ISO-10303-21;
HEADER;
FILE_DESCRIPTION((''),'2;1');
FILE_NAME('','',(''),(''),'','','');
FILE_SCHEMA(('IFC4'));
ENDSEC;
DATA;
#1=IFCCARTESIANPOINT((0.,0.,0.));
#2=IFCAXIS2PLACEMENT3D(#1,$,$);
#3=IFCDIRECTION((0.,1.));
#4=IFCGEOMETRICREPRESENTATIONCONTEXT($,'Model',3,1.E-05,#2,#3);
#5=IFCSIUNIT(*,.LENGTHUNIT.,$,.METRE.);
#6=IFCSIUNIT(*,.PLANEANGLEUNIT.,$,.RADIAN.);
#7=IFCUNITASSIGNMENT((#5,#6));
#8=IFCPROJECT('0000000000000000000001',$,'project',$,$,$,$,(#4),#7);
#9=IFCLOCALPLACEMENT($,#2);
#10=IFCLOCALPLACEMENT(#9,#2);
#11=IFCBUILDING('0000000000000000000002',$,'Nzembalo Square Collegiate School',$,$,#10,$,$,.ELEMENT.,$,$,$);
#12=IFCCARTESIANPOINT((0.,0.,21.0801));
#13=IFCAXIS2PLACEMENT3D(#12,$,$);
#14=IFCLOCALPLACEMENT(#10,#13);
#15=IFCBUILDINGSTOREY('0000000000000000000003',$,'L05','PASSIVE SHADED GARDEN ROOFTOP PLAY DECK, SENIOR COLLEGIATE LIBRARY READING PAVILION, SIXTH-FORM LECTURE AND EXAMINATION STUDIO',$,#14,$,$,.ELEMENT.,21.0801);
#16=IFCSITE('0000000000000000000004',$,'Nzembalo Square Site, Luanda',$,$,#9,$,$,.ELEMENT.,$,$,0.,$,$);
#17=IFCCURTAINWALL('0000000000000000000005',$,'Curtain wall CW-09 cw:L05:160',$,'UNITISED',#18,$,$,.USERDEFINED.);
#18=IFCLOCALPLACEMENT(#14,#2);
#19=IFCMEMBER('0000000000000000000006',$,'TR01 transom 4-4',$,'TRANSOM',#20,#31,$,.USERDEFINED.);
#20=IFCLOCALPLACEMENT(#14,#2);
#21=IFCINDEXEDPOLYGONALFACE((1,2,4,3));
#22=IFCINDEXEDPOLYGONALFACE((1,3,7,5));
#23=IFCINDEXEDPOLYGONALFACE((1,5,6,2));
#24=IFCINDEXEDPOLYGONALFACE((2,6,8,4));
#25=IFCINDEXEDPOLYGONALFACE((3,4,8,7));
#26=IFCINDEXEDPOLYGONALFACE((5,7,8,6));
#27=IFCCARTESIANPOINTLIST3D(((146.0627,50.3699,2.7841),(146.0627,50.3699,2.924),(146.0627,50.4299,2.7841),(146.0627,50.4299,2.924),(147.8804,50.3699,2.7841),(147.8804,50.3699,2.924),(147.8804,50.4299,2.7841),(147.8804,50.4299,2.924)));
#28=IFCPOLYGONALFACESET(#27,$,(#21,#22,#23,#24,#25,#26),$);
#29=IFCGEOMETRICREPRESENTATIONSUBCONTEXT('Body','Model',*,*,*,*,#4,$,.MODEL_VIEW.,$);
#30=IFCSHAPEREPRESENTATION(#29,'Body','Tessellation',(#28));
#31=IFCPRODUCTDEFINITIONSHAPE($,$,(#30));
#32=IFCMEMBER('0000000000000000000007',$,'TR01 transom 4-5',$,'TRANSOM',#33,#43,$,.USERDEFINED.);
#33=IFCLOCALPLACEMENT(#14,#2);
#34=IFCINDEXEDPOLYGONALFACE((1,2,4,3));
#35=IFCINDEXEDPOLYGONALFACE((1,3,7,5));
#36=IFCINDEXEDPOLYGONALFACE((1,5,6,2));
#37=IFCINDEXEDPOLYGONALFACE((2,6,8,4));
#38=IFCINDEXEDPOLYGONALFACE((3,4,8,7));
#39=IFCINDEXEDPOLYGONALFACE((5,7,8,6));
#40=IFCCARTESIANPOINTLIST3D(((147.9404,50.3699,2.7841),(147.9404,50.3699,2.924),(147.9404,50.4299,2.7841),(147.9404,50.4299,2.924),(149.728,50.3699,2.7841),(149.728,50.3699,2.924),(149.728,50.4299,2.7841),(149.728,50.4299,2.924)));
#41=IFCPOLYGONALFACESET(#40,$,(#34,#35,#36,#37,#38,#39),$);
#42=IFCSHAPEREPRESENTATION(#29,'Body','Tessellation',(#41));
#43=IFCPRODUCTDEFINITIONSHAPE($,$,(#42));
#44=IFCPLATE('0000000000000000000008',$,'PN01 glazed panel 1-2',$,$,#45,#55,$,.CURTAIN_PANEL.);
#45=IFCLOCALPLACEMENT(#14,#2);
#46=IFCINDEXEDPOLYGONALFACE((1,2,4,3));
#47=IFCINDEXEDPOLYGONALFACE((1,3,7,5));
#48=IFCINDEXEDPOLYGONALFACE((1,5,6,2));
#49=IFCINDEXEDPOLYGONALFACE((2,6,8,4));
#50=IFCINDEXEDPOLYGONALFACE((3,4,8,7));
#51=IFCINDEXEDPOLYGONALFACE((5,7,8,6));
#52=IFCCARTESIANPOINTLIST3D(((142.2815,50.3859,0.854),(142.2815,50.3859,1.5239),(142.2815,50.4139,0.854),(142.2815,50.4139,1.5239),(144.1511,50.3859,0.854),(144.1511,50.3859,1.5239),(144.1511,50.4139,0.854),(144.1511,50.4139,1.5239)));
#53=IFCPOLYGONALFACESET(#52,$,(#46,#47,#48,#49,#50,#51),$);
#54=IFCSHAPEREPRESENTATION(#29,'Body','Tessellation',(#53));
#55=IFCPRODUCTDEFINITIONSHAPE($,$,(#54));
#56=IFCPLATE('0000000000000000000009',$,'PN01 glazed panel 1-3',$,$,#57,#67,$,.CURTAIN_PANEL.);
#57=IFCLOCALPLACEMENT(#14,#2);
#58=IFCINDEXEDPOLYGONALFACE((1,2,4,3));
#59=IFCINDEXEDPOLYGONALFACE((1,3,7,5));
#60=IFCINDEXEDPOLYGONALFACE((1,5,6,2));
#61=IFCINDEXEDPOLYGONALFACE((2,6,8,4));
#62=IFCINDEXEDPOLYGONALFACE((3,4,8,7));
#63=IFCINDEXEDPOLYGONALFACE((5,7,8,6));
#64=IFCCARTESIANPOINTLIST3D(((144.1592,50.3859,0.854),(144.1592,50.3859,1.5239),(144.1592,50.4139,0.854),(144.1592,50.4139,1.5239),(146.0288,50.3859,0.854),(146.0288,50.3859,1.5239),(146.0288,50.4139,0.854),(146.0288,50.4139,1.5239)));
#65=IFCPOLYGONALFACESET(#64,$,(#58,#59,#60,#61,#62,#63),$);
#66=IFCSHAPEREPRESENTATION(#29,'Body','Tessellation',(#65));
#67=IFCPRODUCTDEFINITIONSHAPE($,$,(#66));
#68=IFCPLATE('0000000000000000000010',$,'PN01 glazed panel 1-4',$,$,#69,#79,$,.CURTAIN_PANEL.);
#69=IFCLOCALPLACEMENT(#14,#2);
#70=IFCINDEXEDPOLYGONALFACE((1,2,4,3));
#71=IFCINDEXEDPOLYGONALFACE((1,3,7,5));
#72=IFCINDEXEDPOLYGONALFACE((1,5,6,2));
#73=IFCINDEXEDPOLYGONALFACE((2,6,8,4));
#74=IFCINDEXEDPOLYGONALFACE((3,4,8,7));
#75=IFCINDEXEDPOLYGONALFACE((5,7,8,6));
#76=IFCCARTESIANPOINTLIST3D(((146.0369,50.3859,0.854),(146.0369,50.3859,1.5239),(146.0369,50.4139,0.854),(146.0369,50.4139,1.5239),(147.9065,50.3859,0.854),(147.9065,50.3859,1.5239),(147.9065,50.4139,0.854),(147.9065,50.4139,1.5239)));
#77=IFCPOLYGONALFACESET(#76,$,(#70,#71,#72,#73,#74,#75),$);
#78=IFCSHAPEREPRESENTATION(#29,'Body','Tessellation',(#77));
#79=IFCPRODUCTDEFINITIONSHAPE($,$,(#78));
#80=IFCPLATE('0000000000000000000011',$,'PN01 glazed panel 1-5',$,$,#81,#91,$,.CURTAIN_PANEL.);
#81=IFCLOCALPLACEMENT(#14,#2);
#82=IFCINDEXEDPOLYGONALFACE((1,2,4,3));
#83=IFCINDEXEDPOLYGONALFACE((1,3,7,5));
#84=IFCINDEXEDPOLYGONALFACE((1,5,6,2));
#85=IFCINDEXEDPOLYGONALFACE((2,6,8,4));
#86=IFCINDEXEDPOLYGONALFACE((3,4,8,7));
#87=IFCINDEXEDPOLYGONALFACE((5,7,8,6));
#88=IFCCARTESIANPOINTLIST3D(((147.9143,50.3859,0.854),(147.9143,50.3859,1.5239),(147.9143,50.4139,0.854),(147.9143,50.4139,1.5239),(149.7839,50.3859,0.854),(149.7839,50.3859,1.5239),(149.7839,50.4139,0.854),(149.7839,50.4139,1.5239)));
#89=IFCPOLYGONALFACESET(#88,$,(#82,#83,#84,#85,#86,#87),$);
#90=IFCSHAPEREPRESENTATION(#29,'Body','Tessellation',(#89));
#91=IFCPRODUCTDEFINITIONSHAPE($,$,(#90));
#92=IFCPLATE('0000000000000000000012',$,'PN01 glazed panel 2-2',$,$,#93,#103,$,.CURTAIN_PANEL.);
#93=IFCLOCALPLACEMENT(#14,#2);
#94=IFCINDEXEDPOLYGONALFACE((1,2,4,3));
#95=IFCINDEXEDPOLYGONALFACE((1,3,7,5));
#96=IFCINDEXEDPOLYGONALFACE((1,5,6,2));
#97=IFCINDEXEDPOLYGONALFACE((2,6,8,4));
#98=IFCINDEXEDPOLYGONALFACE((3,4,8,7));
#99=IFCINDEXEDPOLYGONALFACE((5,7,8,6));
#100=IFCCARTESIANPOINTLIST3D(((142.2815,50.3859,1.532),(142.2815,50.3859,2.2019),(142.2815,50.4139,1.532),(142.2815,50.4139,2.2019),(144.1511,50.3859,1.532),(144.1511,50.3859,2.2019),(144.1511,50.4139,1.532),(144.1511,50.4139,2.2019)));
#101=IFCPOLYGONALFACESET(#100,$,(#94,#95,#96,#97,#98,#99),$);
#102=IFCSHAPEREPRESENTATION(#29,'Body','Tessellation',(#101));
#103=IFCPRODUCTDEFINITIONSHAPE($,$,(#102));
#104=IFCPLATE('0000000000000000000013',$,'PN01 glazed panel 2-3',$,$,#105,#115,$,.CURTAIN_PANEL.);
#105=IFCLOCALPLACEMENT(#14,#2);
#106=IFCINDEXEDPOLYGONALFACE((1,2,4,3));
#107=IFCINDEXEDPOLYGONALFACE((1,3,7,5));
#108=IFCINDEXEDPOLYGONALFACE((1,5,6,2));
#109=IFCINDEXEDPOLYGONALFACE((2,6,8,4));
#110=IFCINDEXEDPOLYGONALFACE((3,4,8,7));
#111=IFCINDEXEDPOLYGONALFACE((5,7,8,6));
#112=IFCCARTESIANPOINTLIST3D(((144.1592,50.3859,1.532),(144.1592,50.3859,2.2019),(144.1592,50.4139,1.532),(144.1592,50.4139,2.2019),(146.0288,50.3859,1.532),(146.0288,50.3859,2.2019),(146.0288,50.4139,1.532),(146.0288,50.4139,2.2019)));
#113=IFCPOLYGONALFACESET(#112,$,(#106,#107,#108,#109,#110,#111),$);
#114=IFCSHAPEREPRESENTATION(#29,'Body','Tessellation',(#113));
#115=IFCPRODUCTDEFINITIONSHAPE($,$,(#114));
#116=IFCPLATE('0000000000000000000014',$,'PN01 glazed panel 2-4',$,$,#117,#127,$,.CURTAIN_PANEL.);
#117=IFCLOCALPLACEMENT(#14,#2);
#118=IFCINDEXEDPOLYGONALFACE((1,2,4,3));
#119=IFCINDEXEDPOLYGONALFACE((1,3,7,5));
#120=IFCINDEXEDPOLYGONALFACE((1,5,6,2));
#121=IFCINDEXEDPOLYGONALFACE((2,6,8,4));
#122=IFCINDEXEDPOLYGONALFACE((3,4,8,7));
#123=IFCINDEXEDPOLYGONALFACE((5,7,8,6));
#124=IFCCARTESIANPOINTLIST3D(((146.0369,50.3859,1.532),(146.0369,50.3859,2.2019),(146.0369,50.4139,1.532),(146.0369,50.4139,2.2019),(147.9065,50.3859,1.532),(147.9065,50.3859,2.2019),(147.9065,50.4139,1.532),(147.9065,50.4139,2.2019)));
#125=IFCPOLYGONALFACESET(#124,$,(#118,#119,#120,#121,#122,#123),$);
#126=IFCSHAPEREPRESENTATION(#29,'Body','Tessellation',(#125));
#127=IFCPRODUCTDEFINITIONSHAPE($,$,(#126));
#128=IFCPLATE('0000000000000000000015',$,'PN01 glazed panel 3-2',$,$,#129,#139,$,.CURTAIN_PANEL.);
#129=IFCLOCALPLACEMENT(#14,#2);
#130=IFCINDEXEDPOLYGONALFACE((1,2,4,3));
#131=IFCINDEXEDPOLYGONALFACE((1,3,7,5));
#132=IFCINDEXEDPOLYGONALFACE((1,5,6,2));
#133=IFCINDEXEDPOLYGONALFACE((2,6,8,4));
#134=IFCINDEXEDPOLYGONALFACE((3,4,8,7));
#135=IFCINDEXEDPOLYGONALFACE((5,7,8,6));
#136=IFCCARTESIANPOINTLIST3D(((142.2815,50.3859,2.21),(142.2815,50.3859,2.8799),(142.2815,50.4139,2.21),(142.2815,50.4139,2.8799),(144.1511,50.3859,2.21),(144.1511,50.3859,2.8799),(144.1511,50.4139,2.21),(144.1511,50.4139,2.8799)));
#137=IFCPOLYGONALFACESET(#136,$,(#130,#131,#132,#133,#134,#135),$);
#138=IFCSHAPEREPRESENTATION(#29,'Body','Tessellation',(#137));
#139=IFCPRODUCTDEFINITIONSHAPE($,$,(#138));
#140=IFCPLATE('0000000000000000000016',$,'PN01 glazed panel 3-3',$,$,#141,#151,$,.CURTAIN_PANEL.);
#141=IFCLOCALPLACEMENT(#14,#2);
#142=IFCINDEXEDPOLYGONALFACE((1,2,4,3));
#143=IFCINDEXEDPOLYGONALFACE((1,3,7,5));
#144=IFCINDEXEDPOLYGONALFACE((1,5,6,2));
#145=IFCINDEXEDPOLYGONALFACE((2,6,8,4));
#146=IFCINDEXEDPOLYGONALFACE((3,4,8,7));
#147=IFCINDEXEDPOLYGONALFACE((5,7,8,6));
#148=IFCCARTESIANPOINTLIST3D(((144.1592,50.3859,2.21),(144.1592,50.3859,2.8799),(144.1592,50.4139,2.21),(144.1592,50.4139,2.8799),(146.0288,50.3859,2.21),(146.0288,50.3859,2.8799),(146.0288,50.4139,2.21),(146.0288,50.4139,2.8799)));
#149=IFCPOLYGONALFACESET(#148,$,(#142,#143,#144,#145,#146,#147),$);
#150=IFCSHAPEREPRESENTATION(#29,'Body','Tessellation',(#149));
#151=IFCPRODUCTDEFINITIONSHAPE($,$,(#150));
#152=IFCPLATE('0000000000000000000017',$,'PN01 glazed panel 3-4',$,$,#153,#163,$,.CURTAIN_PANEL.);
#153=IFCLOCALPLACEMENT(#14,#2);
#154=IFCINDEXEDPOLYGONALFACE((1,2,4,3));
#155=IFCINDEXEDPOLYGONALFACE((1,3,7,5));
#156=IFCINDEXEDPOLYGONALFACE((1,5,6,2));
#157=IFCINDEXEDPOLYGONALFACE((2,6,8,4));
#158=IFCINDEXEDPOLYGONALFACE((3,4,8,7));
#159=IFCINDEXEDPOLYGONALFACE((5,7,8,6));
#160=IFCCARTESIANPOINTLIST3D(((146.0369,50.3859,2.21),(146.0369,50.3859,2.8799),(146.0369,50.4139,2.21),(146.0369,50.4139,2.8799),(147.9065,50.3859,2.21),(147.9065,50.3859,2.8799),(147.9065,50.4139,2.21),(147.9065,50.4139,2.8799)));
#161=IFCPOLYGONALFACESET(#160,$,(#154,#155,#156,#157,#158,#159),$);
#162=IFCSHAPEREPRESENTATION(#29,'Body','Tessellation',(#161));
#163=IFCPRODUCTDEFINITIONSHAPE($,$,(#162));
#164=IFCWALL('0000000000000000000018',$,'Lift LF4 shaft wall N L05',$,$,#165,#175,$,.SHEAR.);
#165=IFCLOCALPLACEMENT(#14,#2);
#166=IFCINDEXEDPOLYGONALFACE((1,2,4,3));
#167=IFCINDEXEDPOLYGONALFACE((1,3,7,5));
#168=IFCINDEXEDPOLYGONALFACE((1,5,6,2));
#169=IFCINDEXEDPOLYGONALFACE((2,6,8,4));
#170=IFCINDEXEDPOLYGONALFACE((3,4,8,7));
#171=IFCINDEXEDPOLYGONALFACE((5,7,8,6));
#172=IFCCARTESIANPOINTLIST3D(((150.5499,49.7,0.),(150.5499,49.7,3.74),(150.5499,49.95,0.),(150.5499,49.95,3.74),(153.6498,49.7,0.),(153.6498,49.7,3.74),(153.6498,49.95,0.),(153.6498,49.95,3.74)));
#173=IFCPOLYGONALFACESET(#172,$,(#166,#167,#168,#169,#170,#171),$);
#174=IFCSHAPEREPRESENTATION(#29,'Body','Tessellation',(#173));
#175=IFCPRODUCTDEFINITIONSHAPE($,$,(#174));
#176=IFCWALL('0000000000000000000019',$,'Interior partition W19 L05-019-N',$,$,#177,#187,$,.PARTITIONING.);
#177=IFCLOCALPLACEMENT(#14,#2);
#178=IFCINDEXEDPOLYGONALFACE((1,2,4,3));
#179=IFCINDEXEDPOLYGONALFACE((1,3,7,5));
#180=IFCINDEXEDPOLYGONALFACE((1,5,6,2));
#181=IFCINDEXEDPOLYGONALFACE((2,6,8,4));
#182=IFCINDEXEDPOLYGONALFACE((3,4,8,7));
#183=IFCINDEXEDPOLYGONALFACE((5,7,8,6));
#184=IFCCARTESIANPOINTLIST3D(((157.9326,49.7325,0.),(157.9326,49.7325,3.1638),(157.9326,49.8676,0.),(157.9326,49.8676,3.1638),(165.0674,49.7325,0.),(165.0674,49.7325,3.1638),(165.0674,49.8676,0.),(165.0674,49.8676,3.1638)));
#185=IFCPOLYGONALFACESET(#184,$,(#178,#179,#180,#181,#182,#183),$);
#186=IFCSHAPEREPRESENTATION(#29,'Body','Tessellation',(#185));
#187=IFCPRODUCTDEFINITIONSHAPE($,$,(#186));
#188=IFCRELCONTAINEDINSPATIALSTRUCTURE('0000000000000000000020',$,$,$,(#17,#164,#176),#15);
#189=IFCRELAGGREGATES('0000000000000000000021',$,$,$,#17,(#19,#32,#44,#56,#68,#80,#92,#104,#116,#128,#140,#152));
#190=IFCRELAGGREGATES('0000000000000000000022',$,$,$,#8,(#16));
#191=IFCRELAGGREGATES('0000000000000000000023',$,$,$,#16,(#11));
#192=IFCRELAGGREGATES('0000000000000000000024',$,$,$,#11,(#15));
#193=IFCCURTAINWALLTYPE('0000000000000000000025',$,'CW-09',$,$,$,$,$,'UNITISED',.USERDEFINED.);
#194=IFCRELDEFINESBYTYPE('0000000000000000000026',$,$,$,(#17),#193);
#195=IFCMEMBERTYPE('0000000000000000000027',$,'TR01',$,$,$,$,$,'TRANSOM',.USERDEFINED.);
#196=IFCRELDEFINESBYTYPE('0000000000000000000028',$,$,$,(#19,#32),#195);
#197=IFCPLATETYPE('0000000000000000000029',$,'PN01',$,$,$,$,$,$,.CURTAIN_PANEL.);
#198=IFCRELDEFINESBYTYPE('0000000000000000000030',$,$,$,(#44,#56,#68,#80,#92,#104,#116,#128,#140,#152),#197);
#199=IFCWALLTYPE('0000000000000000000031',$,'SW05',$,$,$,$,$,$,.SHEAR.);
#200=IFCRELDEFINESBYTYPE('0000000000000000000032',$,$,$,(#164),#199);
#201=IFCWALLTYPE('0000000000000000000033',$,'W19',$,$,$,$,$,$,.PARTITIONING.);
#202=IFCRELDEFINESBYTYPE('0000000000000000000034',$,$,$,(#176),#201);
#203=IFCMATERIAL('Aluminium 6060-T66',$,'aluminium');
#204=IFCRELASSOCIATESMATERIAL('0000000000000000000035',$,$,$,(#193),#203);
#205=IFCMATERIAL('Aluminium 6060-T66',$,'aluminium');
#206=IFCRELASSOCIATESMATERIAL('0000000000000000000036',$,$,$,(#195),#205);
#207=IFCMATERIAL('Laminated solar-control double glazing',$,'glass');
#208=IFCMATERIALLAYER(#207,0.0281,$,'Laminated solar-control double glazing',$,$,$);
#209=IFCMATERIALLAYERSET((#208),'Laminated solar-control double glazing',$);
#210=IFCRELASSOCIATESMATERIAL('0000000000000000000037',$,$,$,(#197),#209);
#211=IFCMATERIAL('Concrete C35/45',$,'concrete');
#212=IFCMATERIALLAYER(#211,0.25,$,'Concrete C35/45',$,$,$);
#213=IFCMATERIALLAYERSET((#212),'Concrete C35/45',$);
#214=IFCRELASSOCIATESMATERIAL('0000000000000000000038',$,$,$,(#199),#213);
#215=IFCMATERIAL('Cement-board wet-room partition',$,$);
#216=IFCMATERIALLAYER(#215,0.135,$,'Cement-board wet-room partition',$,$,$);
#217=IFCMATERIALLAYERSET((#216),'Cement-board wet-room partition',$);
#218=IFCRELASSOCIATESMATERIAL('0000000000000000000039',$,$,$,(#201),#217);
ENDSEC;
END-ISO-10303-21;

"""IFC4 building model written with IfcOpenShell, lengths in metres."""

from ifc_helpers import new_model, si_unit, direction, frame, frame_2d, origin, origin_2d, place, context, subcontext, project, spatial, rectangle, extrude, material, layer, layer_set, material_profile, profile_set, type_object, element, aggregate, save


model = new_model("IFC4")

# Units and contexts
model_context = context("Model", 3, precision=1e-05, world=origin(), true_north=direction((0.0, 1.0)))
body_context = subcontext(model_context, "Body", "Model", "MODEL_VIEW")
ifc_project = project(units=[si_unit("LENGTHUNIT", "METRE"), si_unit("PLANEANGLEUNIT", "RADIAN")], contexts=[model_context])

# Site, building, storey
site_placement = place(None, origin())
site = spatial("IfcSite", under=ifc_project, at=site_placement, Name="Nzembalo Square Site, Luanda", CompositionType="ELEMENT", RefElevation=0.0)
building_placement = place(site_placement, origin())
building = spatial("IfcBuilding", under=site, at=building_placement, Name="Nzembalo Square Collegiate School", CompositionType="ELEMENT")
storey_placement = place(building_placement, frame((0.0, 0.0, 21.0801)))
storey = spatial("IfcBuildingStorey", under=building, at=storey_placement, Name="L05", Description="PASSIVE SHADED GARDEN ROOFTOP PLAY DECK, SENIOR COLLEGIATE LIBRARY READING PAVILION, SIXTH-FORM LECTURE AND EXAMINATION STUDIO", CompositionType="ELEMENT", Elevation=21.0801)

# Curtain wall, members, plates
ifc_material_1 = material(Name="Aluminium 6060-T66", Category="aluminium")
curtain_wall_type = type_object("IfcCurtainWallType", Name="CW-09", ElementType="UNITISED", PredefinedType="USERDEFINED", material=ifc_material_1)
curtain_wall_placement = place(storey_placement, origin())
curtain_wall = element("IfcCurtainWall", 1, at=curtain_wall_placement, inside=storey, type_object=curtain_wall_type, Name="Curtain wall CW-09 cw:L05:160", ObjectType="UNITISED", PredefinedType="USERDEFINED")
ifc_material_2 = material(Name="Aluminium 6060-T66", Category="aluminium")
ifc_material_profile_1 = material_profile(ifc_material_2, rectangle(XDim=0.0601, YDim=0.1399, at=origin_2d()), Name="ALU T60x140")
ifc_profile_set_1 = profile_set([ifc_material_profile_1], Name="Aluminium 6060-T66")
member_type_1 = type_object("IfcMemberType", Name="TR01", ElementType="TRANSOM", PredefinedType="USERDEFINED", material=ifc_profile_set_1)
member_1_placement = place(storey_placement, frame((146.0627, 50.3999, 2.854), z_axis=(1.0, 0.0, 0.0), x_axis=(0.0, 1.0, 0.0)))
member_1 = element("IfcMember", 2, at=member_1_placement, type_object=member_type_1, Name="TR01 transom 4-4", ObjectType="TRANSOM", PredefinedType="USERDEFINED", context=body_context, shape_type="SweptSolid", body=[
    extrude(rectangle(XDim=0.0601, YDim=0.1399, at=origin_2d()), origin(), (0.0, 0.0, 1.0), 1.8176),
])
member_2_placement = place(storey_placement, frame((147.9404, 50.3999, 2.854), z_axis=(1.0, 0.0, 0.0), x_axis=(0.0, 1.0, 0.0)))
member_2 = element("IfcMember", 3, at=member_2_placement, type_object=member_type_1, Name="TR01 transom 4-5", ObjectType="TRANSOM", PredefinedType="USERDEFINED", context=body_context, shape_type="SweptSolid", body=[
    extrude(rectangle(XDim=0.0601, YDim=0.1399, at=origin_2d()), origin(), (0.0, 0.0, 1.0), 1.7876),
])
ifc_material_3 = material(Name="Laminated solar-control double glazing", Category="glass")
ifc_layer_1 = layer(ifc_material_3, 0.0281, Name="Laminated solar-control double glazing")
ifc_layer_set_1 = layer_set([ifc_layer_1], Name="Laminated solar-control double glazing")
plate_type = type_object("IfcPlateType", Name="PN01", PredefinedType="CURTAIN_PANEL", material=ifc_layer_set_1)
plate_1_placement = place(storey_placement, frame((143.2163, 50.3999, 0.854), z_axis=(0.0, 0.0, 1.0), x_axis=(1.0, 0.0, 0.0)))
plate_1 = element("IfcPlate", 4, at=plate_1_placement, type_object=plate_type, Name="PN01 glazed panel 1-2", PredefinedType="CURTAIN_PANEL", context=body_context, shape_type="SweptSolid", body=[
    extrude(rectangle(XDim=1.8696, YDim=0.0281, at=origin_2d()), origin(), (0.0, 0.0, 1.0), 0.6699),
])
plate_2_placement = place(storey_placement, frame((145.094, 50.3999, 0.854), z_axis=(0.0, 0.0, 1.0), x_axis=(1.0, 0.0, 0.0)))
plate_2 = element("IfcPlate", 5, at=plate_2_placement, type_object=plate_type, Name="PN01 glazed panel 1-3", PredefinedType="CURTAIN_PANEL", context=body_context, shape_type="SweptSolid", body=[
    extrude(rectangle(XDim=1.8696, YDim=0.0281, at=origin_2d()), origin(), (0.0, 0.0, 1.0), 0.6699),
])
plate_3_placement = place(storey_placement, frame((146.9717, 50.3999, 0.854), z_axis=(0.0, 0.0, 1.0), x_axis=(1.0, 0.0, 0.0)))
plate_3 = element("IfcPlate", 6, at=plate_3_placement, type_object=plate_type, Name="PN01 glazed panel 1-4", PredefinedType="CURTAIN_PANEL", context=body_context, shape_type="SweptSolid", body=[
    extrude(rectangle(XDim=1.8696, YDim=0.0281, at=origin_2d()), origin(), (0.0, 0.0, 1.0), 0.6699),
])
plate_4_placement = place(storey_placement, frame((148.8491, 50.3999, 0.854), z_axis=(0.0, 0.0, 1.0), x_axis=(1.0, 0.0, 0.0)))
plate_4 = element("IfcPlate", 7, at=plate_4_placement, type_object=plate_type, Name="PN01 glazed panel 1-5", PredefinedType="CURTAIN_PANEL", context=body_context, shape_type="SweptSolid", body=[
    extrude(rectangle(XDim=1.8696, YDim=0.0281, at=origin_2d()), origin(), (0.0, 0.0, 1.0), 0.6699),
])
plate_5_placement = place(storey_placement, frame((143.2163, 50.3999, 1.532), z_axis=(0.0, 0.0, 1.0), x_axis=(1.0, 0.0, 0.0)))
plate_5 = element("IfcPlate", 8, at=plate_5_placement, type_object=plate_type, Name="PN01 glazed panel 2-2", PredefinedType="CURTAIN_PANEL", context=body_context, shape_type="SweptSolid", body=[
    extrude(rectangle(XDim=1.8696, YDim=0.0281, at=origin_2d()), origin(), (0.0, 0.0, 1.0), 0.6699),
])
plate_6_placement = place(storey_placement, frame((145.094, 50.3999, 1.532), z_axis=(0.0, 0.0, 1.0), x_axis=(1.0, 0.0, 0.0)))
plate_6 = element("IfcPlate", 9, at=plate_6_placement, type_object=plate_type, Name="PN01 glazed panel 2-3", PredefinedType="CURTAIN_PANEL", context=body_context, shape_type="SweptSolid", body=[
    extrude(rectangle(XDim=1.8696, YDim=0.0281, at=origin_2d()), origin(), (0.0, 0.0, 1.0), 0.6699),
])
plate_7_placement = place(storey_placement, frame((146.9717, 50.3999, 1.532), z_axis=(0.0, 0.0, 1.0), x_axis=(1.0, 0.0, 0.0)))
plate_7 = element("IfcPlate", 10, at=plate_7_placement, type_object=plate_type, Name="PN01 glazed panel 2-4", PredefinedType="CURTAIN_PANEL", context=body_context, shape_type="SweptSolid", body=[
    extrude(rectangle(XDim=1.8696, YDim=0.0281, at=origin_2d()), origin(), (0.0, 0.0, 1.0), 0.6699),
])
plate_8_placement = place(storey_placement, frame((143.2163, 50.3999, 2.21), z_axis=(0.0, 0.0, 1.0), x_axis=(1.0, 0.0, 0.0)))
plate_8 = element("IfcPlate", 11, at=plate_8_placement, type_object=plate_type, Name="PN01 glazed panel 3-2", PredefinedType="CURTAIN_PANEL", context=body_context, shape_type="SweptSolid", body=[
    extrude(rectangle(XDim=1.8696, YDim=0.0281, at=origin_2d()), origin(), (0.0, 0.0, 1.0), 0.6699),
])
plate_9_placement = place(storey_placement, frame((145.094, 50.3999, 2.21), z_axis=(0.0, 0.0, 1.0), x_axis=(1.0, 0.0, 0.0)))
plate_9 = element("IfcPlate", 12, at=plate_9_placement, type_object=plate_type, Name="PN01 glazed panel 3-3", PredefinedType="CURTAIN_PANEL", context=body_context, shape_type="SweptSolid", body=[
    extrude(rectangle(XDim=1.8696, YDim=0.0281, at=origin_2d()), origin(), (0.0, 0.0, 1.0), 0.6699),
])
plate_10_placement = place(storey_placement, frame((146.9717, 50.3999, 2.21), z_axis=(0.0, 0.0, 1.0), x_axis=(1.0, 0.0, 0.0)))
plate_10 = element("IfcPlate", 13, at=plate_10_placement, type_object=plate_type, Name="PN01 glazed panel 3-4", PredefinedType="CURTAIN_PANEL", context=body_context, shape_type="SweptSolid", body=[
    extrude(rectangle(XDim=1.8696, YDim=0.0281, at=origin_2d()), origin(), (0.0, 0.0, 1.0), 0.6699),
])
aggregate(curtain_wall, [member_1, member_2, plate_1, plate_2, plate_3, plate_4, plate_5, plate_6, plate_7, plate_8, plate_9, plate_10])

# Walls
ifc_material_4 = material(Name="Concrete C35/45", Category="concrete")
ifc_layer_2 = layer(ifc_material_4, 0.25, Name="Concrete C35/45")
ifc_layer_set_2 = layer_set([ifc_layer_2], Name="Concrete C35/45")
wall_type_1 = type_object("IfcWallType", Name="SW05", PredefinedType="SHEAR", material=ifc_layer_set_2)
wall_1_placement = place(storey_placement, frame((150.55, 49.825, 0.0), z_axis=(0.0, 0.0, 1.0), x_axis=(1.0, 0.0, 0.0)))
element("IfcWall", 14, at=wall_1_placement, inside=storey, type_object=wall_type_1, Name="Lift LF4 shaft wall N L05", PredefinedType="SHEAR", context=body_context, shape_type="SweptSolid", body=[
    extrude(rectangle(XDim=3.0999, YDim=0.25, at=frame_2d((1.5498, 0.0))), origin(), (0.0, 0.0, 1.0), 3.74),
])
ifc_material_5 = material(Name="Cement-board wet-room partition")
ifc_layer_3 = layer(ifc_material_5, 0.135, Name="Cement-board wet-room partition")
ifc_layer_set_3 = layer_set([ifc_layer_3], Name="Cement-board wet-room partition")
wall_type_2 = type_object("IfcWallType", Name="W19", PredefinedType="PARTITIONING", material=ifc_layer_set_3)
wall_2_placement = place(storey_placement, frame((157.9326, 49.8, 0.0), z_axis=(0.0, 0.0, 1.0), x_axis=(1.0, 0.0, 0.0)))
element("IfcWall", 15, at=wall_2_placement, inside=storey, type_object=wall_type_2, Name="Interior partition W19 L05-019-N", PredefinedType="PARTITIONING", context=body_context, shape_type="SweptSolid", body=[
    extrude(rectangle(XDim=7.1348, YDim=0.135, at=frame_2d((3.5674, 0.0))), origin(), (0.0, 0.0, 1.0), 3.1638),
])

save(model, "model.ifc")
